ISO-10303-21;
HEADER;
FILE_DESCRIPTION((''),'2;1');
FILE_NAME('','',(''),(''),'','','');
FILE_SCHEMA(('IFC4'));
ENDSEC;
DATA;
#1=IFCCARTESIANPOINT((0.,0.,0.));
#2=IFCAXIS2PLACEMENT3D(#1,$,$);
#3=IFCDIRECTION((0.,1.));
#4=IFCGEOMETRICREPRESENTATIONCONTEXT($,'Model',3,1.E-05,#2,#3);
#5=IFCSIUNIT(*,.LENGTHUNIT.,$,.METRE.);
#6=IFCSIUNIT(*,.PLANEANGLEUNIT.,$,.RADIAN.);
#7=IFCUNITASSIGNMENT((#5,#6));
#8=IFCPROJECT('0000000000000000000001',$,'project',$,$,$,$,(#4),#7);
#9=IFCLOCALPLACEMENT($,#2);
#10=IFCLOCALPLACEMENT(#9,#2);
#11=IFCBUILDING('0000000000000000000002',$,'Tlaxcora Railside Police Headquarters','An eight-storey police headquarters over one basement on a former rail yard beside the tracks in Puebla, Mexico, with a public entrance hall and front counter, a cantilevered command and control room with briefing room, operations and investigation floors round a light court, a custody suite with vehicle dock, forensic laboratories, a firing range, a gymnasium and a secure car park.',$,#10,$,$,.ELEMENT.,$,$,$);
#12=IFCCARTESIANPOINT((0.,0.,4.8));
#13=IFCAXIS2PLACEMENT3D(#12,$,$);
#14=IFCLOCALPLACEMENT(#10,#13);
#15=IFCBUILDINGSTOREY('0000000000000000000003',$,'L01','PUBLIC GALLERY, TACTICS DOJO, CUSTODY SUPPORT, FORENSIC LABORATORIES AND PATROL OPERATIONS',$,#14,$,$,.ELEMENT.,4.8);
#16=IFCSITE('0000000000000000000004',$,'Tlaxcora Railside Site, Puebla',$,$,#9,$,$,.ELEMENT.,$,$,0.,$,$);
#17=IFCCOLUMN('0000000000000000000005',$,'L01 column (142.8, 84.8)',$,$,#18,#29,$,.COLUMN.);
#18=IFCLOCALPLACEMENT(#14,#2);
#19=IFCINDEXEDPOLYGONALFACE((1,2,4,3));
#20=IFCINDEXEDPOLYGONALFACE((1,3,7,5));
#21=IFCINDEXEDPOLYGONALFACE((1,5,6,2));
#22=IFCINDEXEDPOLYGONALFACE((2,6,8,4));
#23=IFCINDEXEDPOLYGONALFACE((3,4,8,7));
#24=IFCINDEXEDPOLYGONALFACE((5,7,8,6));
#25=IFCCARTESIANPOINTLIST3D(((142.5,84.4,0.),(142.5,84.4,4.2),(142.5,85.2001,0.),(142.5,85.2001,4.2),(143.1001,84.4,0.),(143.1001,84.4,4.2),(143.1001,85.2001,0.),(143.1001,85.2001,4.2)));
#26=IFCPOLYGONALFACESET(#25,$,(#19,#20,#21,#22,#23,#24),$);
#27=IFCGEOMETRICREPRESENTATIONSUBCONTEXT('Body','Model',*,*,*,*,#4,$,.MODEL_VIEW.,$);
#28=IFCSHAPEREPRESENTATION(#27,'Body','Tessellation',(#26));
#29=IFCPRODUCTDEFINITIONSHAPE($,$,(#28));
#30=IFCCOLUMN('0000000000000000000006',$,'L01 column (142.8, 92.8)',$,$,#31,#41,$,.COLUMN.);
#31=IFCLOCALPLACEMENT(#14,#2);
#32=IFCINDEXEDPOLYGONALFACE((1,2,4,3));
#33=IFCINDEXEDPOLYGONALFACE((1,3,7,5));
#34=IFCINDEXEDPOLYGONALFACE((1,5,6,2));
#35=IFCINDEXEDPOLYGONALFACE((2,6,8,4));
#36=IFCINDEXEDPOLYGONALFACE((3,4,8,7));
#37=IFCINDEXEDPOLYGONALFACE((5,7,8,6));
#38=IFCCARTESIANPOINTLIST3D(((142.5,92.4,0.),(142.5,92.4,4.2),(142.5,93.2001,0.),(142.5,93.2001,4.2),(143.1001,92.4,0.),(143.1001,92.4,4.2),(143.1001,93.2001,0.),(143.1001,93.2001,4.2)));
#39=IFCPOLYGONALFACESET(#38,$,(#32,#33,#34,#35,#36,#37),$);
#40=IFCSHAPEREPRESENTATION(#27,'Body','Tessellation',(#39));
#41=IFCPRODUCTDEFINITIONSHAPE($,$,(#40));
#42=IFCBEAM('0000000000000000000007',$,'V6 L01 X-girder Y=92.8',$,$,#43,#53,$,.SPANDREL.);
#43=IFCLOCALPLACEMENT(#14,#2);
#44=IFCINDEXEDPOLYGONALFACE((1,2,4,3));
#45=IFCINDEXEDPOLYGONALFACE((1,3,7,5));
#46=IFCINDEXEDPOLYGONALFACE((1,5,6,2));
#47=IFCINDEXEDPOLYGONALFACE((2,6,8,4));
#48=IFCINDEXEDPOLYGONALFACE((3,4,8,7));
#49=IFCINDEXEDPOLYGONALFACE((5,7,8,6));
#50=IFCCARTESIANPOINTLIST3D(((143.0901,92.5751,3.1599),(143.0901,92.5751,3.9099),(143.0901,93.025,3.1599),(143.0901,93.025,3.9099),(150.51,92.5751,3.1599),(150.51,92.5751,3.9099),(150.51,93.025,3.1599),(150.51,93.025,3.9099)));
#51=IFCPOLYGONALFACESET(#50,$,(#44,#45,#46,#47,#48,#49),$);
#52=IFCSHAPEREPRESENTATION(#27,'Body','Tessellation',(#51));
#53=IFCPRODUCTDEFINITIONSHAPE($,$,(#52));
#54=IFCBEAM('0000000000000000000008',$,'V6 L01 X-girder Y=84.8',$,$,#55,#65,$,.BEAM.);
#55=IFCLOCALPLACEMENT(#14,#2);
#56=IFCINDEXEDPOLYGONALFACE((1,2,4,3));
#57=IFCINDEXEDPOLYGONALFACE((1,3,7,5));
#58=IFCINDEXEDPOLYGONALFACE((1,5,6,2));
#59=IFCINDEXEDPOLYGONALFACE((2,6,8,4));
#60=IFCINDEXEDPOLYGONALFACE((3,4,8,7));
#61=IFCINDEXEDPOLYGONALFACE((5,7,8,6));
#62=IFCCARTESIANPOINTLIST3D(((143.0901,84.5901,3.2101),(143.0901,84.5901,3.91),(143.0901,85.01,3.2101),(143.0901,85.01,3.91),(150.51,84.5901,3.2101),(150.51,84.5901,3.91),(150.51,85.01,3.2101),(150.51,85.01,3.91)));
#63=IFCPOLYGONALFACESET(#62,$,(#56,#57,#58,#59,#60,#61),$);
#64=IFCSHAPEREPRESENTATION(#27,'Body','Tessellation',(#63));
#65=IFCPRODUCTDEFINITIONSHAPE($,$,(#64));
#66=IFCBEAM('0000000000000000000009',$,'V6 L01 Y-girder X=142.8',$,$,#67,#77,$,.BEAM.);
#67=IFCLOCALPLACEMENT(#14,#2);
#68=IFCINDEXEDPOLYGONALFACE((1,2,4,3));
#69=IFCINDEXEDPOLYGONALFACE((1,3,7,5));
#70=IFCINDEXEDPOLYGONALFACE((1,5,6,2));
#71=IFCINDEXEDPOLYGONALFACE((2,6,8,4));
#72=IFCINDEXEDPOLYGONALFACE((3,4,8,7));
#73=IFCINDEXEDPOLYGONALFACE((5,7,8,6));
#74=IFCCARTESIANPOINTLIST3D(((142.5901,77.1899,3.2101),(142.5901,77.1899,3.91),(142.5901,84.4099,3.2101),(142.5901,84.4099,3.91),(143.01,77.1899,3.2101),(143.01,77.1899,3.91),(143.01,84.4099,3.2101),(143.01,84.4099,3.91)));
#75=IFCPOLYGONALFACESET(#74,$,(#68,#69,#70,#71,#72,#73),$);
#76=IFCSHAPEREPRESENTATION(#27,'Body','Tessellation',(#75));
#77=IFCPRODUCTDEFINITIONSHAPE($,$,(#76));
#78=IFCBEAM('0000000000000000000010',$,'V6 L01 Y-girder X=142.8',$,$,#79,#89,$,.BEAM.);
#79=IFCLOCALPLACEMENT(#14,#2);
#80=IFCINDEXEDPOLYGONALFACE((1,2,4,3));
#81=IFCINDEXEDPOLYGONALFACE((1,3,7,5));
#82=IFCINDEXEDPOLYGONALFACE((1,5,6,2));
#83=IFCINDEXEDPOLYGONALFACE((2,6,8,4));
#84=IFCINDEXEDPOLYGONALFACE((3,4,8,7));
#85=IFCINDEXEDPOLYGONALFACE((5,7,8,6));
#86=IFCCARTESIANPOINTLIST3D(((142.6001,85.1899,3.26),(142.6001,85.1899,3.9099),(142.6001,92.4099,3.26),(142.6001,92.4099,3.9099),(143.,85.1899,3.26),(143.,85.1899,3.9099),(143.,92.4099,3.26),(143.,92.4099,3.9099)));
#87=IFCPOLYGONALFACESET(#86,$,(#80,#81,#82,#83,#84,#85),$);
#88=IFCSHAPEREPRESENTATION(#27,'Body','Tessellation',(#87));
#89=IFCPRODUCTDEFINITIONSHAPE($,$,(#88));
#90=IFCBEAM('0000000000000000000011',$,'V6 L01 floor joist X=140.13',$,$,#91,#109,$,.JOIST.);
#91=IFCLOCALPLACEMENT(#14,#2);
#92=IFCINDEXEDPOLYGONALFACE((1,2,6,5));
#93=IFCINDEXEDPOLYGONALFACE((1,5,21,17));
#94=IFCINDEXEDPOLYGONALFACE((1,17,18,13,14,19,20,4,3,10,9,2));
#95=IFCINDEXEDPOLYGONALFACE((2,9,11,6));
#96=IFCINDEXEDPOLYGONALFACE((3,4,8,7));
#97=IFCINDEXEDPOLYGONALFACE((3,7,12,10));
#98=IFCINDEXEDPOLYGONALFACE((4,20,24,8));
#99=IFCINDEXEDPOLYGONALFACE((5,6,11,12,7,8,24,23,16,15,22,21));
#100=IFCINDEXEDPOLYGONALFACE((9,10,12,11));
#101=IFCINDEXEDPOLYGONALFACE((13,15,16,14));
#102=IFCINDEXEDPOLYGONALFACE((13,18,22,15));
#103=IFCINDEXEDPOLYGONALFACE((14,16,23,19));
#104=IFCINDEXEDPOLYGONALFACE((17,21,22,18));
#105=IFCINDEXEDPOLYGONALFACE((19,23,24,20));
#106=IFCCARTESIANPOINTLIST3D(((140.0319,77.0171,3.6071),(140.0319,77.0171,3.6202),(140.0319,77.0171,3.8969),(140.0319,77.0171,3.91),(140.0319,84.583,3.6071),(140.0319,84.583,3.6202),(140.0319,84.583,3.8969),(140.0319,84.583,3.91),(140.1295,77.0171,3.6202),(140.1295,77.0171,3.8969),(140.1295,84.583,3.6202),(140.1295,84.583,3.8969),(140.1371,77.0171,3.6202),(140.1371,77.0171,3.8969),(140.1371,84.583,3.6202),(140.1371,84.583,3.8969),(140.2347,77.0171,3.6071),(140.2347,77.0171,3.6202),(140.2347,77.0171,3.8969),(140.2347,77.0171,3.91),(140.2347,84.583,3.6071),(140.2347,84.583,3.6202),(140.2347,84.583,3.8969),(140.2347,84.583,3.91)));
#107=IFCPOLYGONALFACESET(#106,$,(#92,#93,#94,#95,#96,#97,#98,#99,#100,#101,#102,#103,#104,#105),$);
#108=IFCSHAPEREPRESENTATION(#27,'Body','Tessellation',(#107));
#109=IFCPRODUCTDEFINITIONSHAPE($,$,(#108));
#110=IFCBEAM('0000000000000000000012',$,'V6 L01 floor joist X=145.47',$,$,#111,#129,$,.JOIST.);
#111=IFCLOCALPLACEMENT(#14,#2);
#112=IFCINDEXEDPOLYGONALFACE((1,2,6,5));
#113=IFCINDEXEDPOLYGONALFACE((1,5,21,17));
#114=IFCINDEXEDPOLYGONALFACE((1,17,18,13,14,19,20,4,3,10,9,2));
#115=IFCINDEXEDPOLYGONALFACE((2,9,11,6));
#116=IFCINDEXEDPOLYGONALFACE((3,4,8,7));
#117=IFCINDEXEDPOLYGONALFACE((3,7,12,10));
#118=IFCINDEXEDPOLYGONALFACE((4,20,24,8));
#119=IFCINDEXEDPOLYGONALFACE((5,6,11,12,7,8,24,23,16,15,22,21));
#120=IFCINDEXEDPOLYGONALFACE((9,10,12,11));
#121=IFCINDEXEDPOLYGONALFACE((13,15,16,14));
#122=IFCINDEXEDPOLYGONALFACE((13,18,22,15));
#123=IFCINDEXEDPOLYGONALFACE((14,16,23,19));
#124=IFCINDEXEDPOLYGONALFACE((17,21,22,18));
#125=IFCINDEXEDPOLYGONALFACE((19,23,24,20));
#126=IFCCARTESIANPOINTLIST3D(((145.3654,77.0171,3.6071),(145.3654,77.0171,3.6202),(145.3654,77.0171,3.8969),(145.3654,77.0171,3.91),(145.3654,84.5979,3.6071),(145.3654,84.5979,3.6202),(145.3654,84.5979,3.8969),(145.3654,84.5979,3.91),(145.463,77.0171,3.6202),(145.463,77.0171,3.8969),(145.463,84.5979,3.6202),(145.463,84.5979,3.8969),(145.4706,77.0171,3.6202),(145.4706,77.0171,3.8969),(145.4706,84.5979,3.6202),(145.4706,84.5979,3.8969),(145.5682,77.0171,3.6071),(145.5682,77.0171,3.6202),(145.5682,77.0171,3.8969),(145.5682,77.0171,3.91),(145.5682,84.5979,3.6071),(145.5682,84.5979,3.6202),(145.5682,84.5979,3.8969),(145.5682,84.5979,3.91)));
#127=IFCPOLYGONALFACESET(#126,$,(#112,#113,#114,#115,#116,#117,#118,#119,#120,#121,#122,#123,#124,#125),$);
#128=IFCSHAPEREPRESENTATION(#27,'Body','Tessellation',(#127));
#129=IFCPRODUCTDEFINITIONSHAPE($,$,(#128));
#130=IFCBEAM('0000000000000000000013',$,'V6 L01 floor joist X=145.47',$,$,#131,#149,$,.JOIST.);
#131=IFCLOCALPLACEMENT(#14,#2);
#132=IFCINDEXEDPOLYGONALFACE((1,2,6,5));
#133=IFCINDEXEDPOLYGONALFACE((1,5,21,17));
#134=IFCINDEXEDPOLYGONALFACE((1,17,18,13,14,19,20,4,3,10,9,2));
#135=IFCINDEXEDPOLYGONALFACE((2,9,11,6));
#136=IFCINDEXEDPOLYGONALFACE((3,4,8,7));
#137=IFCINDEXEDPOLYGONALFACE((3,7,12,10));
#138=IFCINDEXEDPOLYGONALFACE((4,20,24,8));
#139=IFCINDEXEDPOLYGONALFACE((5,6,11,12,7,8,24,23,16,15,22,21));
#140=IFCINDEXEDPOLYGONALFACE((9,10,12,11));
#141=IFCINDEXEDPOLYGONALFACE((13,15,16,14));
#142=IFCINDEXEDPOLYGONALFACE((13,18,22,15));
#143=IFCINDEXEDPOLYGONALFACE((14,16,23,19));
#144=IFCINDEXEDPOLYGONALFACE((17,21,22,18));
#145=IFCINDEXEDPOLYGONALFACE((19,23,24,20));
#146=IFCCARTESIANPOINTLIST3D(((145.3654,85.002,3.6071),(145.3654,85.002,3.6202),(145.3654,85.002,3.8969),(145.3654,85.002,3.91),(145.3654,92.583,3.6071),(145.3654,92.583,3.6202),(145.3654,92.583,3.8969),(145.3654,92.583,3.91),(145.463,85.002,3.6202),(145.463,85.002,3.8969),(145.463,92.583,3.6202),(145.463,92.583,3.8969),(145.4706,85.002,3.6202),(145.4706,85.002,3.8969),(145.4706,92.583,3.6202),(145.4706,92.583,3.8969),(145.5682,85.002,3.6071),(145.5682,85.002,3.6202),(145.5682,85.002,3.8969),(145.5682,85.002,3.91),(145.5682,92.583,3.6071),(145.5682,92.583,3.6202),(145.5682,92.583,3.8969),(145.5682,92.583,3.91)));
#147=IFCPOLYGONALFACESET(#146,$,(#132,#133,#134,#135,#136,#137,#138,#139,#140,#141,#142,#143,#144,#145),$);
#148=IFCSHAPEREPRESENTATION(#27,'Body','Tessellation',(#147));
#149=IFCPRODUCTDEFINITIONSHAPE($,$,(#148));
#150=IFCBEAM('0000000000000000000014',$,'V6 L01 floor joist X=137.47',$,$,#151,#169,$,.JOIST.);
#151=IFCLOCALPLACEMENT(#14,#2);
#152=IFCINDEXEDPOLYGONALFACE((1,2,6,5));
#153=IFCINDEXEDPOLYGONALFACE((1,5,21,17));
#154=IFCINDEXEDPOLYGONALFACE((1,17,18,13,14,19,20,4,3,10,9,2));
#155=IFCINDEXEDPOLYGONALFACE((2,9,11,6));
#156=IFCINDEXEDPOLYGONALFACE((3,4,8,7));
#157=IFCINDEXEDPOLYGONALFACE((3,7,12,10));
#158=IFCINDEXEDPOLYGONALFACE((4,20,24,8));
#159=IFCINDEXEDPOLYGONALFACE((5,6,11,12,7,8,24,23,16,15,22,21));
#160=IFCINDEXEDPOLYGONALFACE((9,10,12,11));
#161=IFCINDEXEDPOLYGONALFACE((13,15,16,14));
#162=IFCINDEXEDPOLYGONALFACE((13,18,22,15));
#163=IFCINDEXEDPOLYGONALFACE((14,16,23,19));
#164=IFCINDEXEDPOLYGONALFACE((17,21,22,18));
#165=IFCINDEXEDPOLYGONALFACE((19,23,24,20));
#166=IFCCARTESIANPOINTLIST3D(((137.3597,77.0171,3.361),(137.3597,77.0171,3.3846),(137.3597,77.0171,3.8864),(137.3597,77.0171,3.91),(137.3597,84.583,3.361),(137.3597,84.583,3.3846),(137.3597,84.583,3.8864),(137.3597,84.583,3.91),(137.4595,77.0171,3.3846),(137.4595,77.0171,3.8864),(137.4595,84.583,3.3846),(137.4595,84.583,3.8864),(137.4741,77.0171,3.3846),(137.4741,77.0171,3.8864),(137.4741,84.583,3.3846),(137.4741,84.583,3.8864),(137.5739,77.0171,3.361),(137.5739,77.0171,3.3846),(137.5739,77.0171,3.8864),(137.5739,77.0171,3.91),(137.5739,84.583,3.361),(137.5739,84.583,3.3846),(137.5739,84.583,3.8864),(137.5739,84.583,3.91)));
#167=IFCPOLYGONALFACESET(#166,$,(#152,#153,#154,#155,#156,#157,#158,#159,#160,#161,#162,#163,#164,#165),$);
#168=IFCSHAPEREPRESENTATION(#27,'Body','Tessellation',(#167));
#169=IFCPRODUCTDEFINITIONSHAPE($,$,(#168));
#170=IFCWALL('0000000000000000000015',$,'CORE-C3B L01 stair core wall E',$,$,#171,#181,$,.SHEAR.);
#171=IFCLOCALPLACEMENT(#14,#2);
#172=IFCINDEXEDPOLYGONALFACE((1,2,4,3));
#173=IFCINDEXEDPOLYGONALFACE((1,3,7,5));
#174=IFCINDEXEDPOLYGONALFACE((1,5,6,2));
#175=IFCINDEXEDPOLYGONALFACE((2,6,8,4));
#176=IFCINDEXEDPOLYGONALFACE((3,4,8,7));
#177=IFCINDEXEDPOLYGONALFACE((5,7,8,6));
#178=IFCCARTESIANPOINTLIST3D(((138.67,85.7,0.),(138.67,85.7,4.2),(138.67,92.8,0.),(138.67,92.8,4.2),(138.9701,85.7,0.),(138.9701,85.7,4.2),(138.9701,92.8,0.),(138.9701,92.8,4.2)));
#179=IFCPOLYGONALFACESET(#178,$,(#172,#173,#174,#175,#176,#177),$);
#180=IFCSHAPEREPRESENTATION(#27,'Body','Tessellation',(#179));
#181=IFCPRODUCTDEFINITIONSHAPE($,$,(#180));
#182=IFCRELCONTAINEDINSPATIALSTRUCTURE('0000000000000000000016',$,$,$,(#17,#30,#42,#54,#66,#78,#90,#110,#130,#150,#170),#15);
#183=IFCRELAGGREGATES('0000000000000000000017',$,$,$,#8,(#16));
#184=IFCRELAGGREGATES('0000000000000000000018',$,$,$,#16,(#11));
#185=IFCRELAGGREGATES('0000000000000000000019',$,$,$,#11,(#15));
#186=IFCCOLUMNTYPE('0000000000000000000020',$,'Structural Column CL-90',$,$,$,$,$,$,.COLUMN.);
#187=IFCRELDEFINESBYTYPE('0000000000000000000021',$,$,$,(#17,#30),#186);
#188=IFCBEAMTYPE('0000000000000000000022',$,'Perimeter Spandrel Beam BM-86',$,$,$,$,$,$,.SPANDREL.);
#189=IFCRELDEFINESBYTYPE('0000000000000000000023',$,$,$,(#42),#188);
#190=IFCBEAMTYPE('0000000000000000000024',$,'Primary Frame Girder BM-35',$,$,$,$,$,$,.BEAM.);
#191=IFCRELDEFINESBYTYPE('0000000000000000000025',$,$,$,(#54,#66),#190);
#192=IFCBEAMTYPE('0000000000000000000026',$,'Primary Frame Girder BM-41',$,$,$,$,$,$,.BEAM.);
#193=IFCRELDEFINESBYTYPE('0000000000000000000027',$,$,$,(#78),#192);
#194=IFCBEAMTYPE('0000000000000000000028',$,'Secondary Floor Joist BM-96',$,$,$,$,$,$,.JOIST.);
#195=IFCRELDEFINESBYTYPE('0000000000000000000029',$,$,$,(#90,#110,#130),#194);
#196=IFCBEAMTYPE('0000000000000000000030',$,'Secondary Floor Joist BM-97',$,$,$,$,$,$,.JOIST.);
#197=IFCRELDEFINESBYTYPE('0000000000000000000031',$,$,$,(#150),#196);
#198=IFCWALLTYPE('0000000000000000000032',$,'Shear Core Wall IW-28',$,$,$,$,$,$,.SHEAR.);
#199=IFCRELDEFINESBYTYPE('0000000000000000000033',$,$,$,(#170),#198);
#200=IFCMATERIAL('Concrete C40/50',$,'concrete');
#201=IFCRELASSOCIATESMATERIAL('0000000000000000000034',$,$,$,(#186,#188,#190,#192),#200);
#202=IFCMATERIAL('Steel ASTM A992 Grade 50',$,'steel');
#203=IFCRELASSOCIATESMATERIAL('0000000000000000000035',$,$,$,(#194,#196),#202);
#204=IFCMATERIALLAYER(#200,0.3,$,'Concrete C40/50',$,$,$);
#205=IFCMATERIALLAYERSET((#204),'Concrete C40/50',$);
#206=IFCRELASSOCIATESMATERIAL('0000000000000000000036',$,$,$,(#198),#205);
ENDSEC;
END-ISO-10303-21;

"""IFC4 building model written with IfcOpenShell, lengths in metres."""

from ifc_helpers import new_model, si_unit, direction, frame, frame_2d, origin, origin_2d, place, context, subcontext, project, spatial, rectangle, i_section, extrude, material, layer, layer_set, material_profile, profile_set, type_object, element, save


model = new_model("IFC4")

# Units and contexts
model_context = context("Model", 3, precision=1e-05, world=origin(), true_north=direction((0.0, 1.0)))
body_context = subcontext(model_context, "Body", "Model", "MODEL_VIEW")
ifc_project = project(units=[si_unit("LENGTHUNIT", "METRE"), si_unit("PLANEANGLEUNIT", "RADIAN")], contexts=[model_context])

# Site, building, storey
site_placement = place(None, origin())
site = spatial("IfcSite", under=ifc_project, at=site_placement, Name="Tlaxcora Railside Site, Puebla", CompositionType="ELEMENT", RefElevation=0.0)
building_placement = place(site_placement, origin())
building = spatial("IfcBuilding", under=site, at=building_placement, Name="Tlaxcora Railside Police Headquarters", Description="An eight-storey police headquarters over one basement on a former rail yard beside the tracks in Puebla, Mexico, with a public entrance hall and front counter, a cantilevered command and control room with briefing room, operations and investigation floors round a light court, a custody suite with vehicle dock, forensic laboratories, a firing range, a gymnasium and a secure car park.", CompositionType="ELEMENT")
storey_placement = place(building_placement, frame((0.0, 0.0, 4.8)))
storey = spatial("IfcBuildingStorey", under=building, at=storey_placement, Name="L01", Description="PUBLIC GALLERY, TACTICS DOJO, CUSTODY SUPPORT, FORENSIC LABORATORIES AND PATROL OPERATIONS", CompositionType="ELEMENT", Elevation=4.8)

# Columns
ifc_material_1 = material(Name="Concrete C40/50", Category="concrete")
ifc_material_profile_1 = material_profile(ifc_material_1, rectangle(XDim=0.6001, YDim=0.8, at=origin_2d()), Name="RC600X800")
ifc_profile_set_1 = profile_set([ifc_material_profile_1], Name="Concrete C40/50")
column_type = type_object("IfcColumnType", Name="Structural Column CL-90", PredefinedType="COLUMN", material=ifc_profile_set_1)
for number, where, z_axis, x_axis, name in (
    (1, (142.8, 84.8, 0.0), (0.0, 0.0, 1.0), (1.0, 0.0, 0.0), "L01 column (142.8, 84.8)"),
    (2, (142.8, 92.8, 0.0), (0.0, 0.0, 1.0), (1.0, 0.0, 0.0), "L01 column (142.8, 92.8)"),
):
    element("IfcColumn", number, at=place(storey_placement, frame(where, z_axis=z_axis, x_axis=x_axis)), inside=storey, type_object=column_type, Name=name, PredefinedType="COLUMN", context=body_context, shape_type="SweptSolid", body=[
        extrude(rectangle(XDim=0.6001, YDim=0.8, at=origin_2d()), origin(), (0.0, 0.0, 1.0), 4.2),
    ])

# Beams
ifc_material_profile_2 = material_profile(ifc_material_1, rectangle(XDim=0.45, YDim=0.75, at=origin_2d()), Name="RC450X750")
ifc_profile_set_2 = profile_set([ifc_material_profile_2], Name="Concrete C40/50")
beam_type_1 = type_object("IfcBeamType", Name="Perimeter Spandrel Beam BM-86", PredefinedType="SPANDREL", material=ifc_profile_set_2)
beam_1_placement = place(storey_placement, frame((143.0901, 92.8, 3.5349), z_axis=(1.0, 0.0, 0.0), x_axis=(0.0, 1.0, 0.0)))
element("IfcBeam", 3, at=beam_1_placement, inside=storey, type_object=beam_type_1, Name="V6 L01 X-girder Y=92.8", PredefinedType="SPANDREL", context=body_context, shape_type="SweptSolid", body=[
    extrude(rectangle(XDim=0.45, YDim=0.75, at=origin_2d()), origin(), (0.0, 0.0, 1.0), 7.4199),
])
ifc_material_profile_3 = material_profile(ifc_material_1, rectangle(XDim=0.4199, YDim=0.7, at=origin_2d()), Name="RC420X700")
ifc_profile_set_3 = profile_set([ifc_material_profile_3], Name="Concrete C40/50")
beam_type_2 = type_object("IfcBeamType", Name="Primary Frame Girder BM-35", PredefinedType="BEAM", material=ifc_profile_set_3)
beam_2_placement = place(storey_placement, frame((143.0901, 84.8, 3.5601), z_axis=(1.0, 0.0, 0.0), x_axis=(0.0, 1.0, 0.0)))
element("IfcBeam", 4, at=beam_2_placement, inside=storey, type_object=beam_type_2, Name="V6 L01 X-girder Y=84.8", PredefinedType="BEAM", context=body_context, shape_type="SweptSolid", body=[
    extrude(rectangle(XDim=0.4199, YDim=0.7, at=origin_2d()), origin(), (0.0, 0.0, 1.0), 7.4199),
])
beam_3_placement = place(storey_placement, frame((142.8, 77.1899, 3.5601), z_axis=(0.0, 1.0, 0.0), x_axis=(-1.0, 0.0, 0.0)))
element("IfcBeam", 5, at=beam_3_placement, inside=storey, type_object=beam_type_2, Name="V6 L01 Y-girder X=142.8", PredefinedType="BEAM", context=body_context, shape_type="SweptSolid", body=[
    extrude(rectangle(XDim=0.4199, YDim=0.7, at=origin_2d()), origin(), (0.0, 0.0, 1.0), 7.22),
])
ifc_material_profile_4 = material_profile(ifc_material_1, rectangle(XDim=0.3999, YDim=0.6499, at=origin_2d()), Name="RC400X650")
ifc_profile_set_4 = profile_set([ifc_material_profile_4], Name="Concrete C40/50")
beam_type_3 = type_object("IfcBeamType", Name="Primary Frame Girder BM-41", PredefinedType="BEAM", material=ifc_profile_set_4)
beam_4_placement = place(storey_placement, frame((142.8, 85.1899, 3.585), z_axis=(0.0, 1.0, 0.0), x_axis=(-1.0, 0.0, 0.0)))
element("IfcBeam", 6, at=beam_4_placement, inside=storey, type_object=beam_type_3, Name="V6 L01 Y-girder X=142.8", PredefinedType="BEAM", context=body_context, shape_type="SweptSolid", body=[
    extrude(rectangle(XDim=0.3999, YDim=0.6499, at=origin_2d()), origin(), (0.0, 0.0, 1.0), 7.22),
])
ifc_material_2 = material(Name="Steel ASTM A992 Grade 50", Category="steel")
ifc_material_profile_5 = material_profile(ifc_material_2, i_section(OverallWidth=0.2029, OverallDepth=0.303, WebThickness=0.0076, FlangeThickness=0.0132, at=origin_2d()), Name="W12X40")
ifc_profile_set_5 = profile_set([ifc_material_profile_5], Name="Steel ASTM A992 Grade 50")
beam_type_4 = type_object("IfcBeamType", Name="Secondary Floor Joist BM-96", PredefinedType="JOIST", material=ifc_profile_set_5)
beam_5_placement = place(storey_placement, frame((140.1333, 77.0171, 3.7585), z_axis=(0.0, 1.0, 0.0), x_axis=(-1.0, 0.0, 0.0)))
element("IfcBeam", 7, at=beam_5_placement, inside=storey, type_object=beam_type_4, Name="V6 L01 floor joist X=140.13", PredefinedType="JOIST", context=body_context, shape_type="SweptSolid", body=[
    extrude(i_section(OverallWidth=0.2029, OverallDepth=0.303, WebThickness=0.0076, FlangeThickness=0.0132, at=origin_2d()), origin(), (0.0, 0.0, 1.0), 7.5659),
])
beam_6_placement = place(storey_placement, frame((145.4668, 77.0171, 3.7585), z_axis=(0.0, 1.0, 0.0), x_axis=(-1.0, 0.0, 0.0)))
element("IfcBeam", 8, at=beam_6_placement, inside=storey, type_object=beam_type_4, Name="V6 L01 floor joist X=145.47", PredefinedType="JOIST", context=body_context, shape_type="SweptSolid", body=[
    extrude(i_section(OverallWidth=0.2029, OverallDepth=0.303, WebThickness=0.0076, FlangeThickness=0.0132, at=origin_2d()), origin(), (0.0, 0.0, 1.0), 7.5808),
])
beam_7_placement = place(storey_placement, frame((145.4668, 85.002, 3.7585), z_axis=(0.0, 1.0, 0.0), x_axis=(-1.0, 0.0, 0.0)))
element("IfcBeam", 9, at=beam_7_placement, inside=storey, type_object=beam_type_4, Name="V6 L01 floor joist X=145.47", PredefinedType="JOIST", context=body_context, shape_type="SweptSolid", body=[
    extrude(i_section(OverallWidth=0.2029, OverallDepth=0.303, WebThickness=0.0076, FlangeThickness=0.0132, at=origin_2d()), origin(), (0.0, 0.0, 1.0), 7.5811),
])
ifc_material_profile_6 = material_profile(ifc_material_2, i_section(OverallWidth=0.2141, OverallDepth=0.5491, WebThickness=0.0146, FlangeThickness=0.0237, at=origin_2d()), Name="W21X93")
ifc_profile_set_6 = profile_set([ifc_material_profile_6], Name="Steel ASTM A992 Grade 50")
beam_type_5 = type_object("IfcBeamType", Name="Secondary Floor Joist BM-97", PredefinedType="JOIST", material=ifc_profile_set_6)
beam_8_placement = place(storey_placement, frame((137.4668, 77.0171, 3.6355), z_axis=(0.0, 1.0, 0.0), x_axis=(-1.0, 0.0, 0.0)))
element("IfcBeam", 10, at=beam_8_placement, inside=storey, type_object=beam_type_5, Name="V6 L01 floor joist X=137.47", PredefinedType="JOIST", context=body_context, shape_type="SweptSolid", body=[
    extrude(i_section(OverallWidth=0.2141, OverallDepth=0.5491, WebThickness=0.0146, FlangeThickness=0.0237, at=origin_2d()), origin(), (0.0, 0.0, 1.0), 7.5659),
])

# Shared definitions
ifc_layer_1 = layer(ifc_material_1, 0.3, Name="Concrete C40/50")
ifc_layer_set_1 = layer_set([ifc_layer_1], Name="Concrete C40/50")
wall_type_1 = type_object("IfcWallType", Name="Shear Core Wall IW-28", PredefinedType="SHEAR", material=ifc_layer_set_1)

# Wall
for number, where, z_axis, x_axis, name in (
    (11, (138.8201, 85.7, 0.0), (0.0, 0.0, 1.0), (0.0, 1.0, 0.0), "CORE-C3B L01 stair core wall E"),
):
    element("IfcWall", number, at=place(storey_placement, frame(where, z_axis=z_axis, x_axis=x_axis)), inside=storey, type_object=wall_type_1, Name=name, PredefinedType="SHEAR", context=body_context, shape_type="SweptSolid", body=[
        extrude(rectangle(XDim=7.1001, YDim=0.3, at=frame_2d((3.55, 0.0))), origin(), (0.0, 0.0, 1.0), 4.2),
    ])

save(model, "model.ifc")
